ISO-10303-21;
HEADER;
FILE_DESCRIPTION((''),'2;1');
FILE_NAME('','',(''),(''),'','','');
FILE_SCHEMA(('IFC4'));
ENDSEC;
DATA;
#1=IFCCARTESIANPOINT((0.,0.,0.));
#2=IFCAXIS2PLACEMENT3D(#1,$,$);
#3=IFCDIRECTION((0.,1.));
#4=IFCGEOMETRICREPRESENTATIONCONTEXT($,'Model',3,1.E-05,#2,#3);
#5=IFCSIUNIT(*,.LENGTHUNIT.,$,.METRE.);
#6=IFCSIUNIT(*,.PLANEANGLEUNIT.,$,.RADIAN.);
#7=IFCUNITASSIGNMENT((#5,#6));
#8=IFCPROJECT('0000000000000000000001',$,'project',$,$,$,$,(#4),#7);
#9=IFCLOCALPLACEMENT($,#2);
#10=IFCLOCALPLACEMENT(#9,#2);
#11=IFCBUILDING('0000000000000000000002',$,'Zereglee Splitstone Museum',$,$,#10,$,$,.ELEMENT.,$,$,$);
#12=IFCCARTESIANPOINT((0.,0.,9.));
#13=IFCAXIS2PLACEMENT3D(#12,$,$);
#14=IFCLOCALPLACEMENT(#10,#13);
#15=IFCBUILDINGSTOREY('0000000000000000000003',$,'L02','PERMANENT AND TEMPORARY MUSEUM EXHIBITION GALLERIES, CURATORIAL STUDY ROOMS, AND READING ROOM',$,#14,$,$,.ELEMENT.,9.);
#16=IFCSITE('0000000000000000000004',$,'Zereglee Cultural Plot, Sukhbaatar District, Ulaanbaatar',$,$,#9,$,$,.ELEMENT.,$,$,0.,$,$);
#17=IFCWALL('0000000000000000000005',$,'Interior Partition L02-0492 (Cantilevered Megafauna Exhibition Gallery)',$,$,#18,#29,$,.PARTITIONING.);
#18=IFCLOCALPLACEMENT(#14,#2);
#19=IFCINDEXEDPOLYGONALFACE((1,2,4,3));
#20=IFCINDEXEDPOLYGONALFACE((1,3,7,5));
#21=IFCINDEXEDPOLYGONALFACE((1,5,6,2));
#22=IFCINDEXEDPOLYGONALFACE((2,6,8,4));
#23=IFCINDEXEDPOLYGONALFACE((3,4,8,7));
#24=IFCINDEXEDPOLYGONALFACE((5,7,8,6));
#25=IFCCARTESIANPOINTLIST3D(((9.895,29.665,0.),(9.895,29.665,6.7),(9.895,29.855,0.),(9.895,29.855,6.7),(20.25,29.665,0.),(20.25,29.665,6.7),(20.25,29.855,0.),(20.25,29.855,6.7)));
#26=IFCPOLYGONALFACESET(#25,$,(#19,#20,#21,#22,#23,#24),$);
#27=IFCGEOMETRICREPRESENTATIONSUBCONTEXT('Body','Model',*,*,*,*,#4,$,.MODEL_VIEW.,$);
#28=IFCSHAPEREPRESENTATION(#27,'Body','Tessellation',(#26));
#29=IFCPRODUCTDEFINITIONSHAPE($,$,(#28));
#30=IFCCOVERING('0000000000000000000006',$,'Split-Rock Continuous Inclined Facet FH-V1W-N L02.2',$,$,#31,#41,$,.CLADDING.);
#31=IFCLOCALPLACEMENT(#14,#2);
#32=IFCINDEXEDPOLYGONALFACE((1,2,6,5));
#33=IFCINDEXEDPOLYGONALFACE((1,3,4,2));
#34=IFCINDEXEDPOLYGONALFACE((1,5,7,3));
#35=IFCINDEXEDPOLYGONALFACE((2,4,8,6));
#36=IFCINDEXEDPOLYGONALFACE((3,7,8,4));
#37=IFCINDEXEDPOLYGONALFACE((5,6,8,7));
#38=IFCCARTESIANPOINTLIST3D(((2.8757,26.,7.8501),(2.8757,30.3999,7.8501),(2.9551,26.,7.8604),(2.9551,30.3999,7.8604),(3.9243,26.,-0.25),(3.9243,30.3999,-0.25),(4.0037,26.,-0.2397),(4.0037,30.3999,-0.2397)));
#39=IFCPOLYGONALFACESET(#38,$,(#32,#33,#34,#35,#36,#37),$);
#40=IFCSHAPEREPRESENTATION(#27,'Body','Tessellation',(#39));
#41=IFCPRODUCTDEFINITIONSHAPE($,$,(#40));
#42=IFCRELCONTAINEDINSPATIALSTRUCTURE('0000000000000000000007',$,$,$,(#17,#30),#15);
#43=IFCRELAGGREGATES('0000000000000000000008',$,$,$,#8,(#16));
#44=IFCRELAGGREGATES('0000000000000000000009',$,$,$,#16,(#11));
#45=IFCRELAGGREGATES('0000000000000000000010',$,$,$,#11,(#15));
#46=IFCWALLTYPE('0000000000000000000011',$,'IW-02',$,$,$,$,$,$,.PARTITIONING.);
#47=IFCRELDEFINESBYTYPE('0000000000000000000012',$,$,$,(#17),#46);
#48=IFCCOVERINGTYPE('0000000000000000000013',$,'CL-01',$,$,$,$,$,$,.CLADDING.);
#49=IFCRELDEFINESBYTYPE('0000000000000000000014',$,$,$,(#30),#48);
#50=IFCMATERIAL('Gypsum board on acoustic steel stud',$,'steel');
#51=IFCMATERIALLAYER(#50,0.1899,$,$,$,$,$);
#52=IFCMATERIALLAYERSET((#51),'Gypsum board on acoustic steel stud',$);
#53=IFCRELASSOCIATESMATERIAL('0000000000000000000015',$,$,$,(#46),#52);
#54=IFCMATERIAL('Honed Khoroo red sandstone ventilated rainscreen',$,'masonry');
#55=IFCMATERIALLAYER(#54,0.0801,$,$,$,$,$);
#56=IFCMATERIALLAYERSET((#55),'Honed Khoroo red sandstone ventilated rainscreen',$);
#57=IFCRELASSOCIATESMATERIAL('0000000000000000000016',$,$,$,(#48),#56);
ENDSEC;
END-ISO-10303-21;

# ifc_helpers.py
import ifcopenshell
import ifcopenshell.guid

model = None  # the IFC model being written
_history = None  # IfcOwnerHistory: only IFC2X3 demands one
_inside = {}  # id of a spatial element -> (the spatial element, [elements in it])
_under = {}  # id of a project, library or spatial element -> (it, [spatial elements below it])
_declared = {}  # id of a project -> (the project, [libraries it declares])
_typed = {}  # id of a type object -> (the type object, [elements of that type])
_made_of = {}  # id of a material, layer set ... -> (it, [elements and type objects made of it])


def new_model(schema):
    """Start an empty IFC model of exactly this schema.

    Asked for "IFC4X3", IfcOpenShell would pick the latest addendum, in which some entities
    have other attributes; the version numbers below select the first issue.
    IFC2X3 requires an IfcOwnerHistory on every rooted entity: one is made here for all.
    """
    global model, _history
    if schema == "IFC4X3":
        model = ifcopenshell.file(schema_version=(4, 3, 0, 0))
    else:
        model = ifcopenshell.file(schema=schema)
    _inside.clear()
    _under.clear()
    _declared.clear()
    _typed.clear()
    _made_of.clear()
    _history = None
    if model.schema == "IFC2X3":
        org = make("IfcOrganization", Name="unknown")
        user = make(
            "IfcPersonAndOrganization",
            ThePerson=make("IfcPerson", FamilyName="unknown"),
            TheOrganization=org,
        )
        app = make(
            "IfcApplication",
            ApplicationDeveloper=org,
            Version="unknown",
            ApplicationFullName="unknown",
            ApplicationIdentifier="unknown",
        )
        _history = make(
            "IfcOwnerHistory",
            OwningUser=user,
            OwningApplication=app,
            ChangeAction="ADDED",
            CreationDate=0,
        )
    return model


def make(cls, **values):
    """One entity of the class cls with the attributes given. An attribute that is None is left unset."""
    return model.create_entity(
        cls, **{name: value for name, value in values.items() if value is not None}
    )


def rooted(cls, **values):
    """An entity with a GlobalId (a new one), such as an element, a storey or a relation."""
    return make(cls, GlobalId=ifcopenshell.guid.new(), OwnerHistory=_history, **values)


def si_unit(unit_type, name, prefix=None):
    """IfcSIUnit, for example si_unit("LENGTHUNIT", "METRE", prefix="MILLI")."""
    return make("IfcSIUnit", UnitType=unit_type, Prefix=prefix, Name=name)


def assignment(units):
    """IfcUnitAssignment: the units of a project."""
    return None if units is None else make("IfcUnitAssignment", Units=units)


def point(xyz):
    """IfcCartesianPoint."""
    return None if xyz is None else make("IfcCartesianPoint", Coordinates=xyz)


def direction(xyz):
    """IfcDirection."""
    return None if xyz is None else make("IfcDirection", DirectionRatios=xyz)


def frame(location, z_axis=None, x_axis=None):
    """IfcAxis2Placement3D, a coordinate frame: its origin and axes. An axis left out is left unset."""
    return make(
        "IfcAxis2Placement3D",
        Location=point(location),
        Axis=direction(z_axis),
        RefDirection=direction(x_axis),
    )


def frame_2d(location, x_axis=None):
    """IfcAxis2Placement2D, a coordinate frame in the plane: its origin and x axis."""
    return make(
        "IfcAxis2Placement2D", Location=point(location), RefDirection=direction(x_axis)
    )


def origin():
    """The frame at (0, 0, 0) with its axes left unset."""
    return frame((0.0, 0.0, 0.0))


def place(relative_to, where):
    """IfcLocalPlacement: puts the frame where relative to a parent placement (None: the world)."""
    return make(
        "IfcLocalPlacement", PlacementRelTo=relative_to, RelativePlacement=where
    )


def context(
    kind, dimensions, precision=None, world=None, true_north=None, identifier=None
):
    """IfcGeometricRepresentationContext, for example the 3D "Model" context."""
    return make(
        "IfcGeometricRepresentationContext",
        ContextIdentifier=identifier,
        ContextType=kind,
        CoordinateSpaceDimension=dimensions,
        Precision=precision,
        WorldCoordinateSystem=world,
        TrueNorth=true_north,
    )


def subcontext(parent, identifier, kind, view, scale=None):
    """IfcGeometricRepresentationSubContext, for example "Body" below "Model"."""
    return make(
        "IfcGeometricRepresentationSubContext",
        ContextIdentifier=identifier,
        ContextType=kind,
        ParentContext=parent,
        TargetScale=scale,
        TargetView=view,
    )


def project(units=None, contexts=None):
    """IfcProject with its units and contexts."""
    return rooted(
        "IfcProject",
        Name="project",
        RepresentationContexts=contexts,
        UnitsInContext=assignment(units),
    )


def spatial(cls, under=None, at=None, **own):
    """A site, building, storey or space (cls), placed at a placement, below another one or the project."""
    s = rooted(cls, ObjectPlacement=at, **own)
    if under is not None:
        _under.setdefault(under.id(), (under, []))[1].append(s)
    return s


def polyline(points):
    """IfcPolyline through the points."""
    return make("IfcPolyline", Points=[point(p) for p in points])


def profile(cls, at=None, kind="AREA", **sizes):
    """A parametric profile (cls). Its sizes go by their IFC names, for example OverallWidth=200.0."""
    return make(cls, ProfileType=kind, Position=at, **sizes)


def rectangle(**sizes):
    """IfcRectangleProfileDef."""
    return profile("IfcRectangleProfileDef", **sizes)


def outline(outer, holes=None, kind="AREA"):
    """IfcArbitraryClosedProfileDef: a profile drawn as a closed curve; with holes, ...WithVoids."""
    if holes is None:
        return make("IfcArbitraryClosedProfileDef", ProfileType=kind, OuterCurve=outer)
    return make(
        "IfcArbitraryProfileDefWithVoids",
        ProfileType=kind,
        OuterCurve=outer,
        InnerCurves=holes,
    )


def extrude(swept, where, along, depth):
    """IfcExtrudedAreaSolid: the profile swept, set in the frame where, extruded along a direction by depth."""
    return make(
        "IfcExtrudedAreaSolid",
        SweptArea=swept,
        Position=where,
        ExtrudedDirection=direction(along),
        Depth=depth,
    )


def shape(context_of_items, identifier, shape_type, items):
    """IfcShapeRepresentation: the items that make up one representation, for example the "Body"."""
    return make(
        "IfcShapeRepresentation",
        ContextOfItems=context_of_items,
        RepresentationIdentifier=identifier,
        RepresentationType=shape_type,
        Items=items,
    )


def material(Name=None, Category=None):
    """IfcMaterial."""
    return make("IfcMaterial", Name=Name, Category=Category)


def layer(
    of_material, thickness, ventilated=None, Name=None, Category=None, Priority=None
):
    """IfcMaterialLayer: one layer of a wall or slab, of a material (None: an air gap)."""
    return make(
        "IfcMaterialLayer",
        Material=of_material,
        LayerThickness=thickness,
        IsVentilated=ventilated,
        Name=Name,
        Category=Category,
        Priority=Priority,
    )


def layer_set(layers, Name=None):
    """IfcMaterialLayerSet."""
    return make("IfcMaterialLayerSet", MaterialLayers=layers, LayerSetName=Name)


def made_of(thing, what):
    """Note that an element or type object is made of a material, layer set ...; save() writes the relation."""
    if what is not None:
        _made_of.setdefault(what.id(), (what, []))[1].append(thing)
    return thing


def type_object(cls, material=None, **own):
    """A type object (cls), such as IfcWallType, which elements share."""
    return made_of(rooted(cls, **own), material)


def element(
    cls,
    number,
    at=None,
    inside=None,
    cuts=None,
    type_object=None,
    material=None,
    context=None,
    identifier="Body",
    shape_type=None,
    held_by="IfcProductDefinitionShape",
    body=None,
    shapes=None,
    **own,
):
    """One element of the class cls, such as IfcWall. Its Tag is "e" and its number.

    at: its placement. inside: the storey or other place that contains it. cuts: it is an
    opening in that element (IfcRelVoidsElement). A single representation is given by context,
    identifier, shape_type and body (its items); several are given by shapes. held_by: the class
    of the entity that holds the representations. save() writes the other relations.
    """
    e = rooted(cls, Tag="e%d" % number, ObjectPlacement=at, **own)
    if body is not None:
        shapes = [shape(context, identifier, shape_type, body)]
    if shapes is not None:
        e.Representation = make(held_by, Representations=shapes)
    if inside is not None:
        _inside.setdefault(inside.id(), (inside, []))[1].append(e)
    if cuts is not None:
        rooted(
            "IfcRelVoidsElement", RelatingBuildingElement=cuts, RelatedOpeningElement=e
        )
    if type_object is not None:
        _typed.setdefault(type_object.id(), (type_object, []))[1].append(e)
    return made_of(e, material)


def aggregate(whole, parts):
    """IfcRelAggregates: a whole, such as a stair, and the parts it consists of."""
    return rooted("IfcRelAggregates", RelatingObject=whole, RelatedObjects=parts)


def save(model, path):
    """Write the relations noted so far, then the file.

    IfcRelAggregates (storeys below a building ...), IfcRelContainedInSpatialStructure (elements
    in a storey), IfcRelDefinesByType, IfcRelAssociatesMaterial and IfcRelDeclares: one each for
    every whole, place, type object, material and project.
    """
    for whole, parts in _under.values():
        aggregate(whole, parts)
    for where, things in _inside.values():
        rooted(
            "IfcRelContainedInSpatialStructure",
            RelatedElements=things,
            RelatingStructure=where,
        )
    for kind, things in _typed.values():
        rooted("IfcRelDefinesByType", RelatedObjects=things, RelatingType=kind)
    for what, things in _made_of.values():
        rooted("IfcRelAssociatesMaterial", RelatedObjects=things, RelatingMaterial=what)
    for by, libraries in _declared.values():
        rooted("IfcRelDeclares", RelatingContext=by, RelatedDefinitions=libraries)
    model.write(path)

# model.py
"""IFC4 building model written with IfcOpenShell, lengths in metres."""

from ifc_helpers import new_model, si_unit, direction, frame, frame_2d, origin, place, context, subcontext, project, spatial, polyline, rectangle, outline, extrude, material, layer, layer_set, type_object, element, save


model = new_model("IFC4")

# Units and contexts
model_context = context("Model", 3, precision=1e-05, world=origin(), true_north=direction((0.0, 1.0)))
body_context = subcontext(model_context, "Body", "Model", "MODEL_VIEW")
ifc_project = project(units=[si_unit("LENGTHUNIT", "METRE"), si_unit("PLANEANGLEUNIT", "RADIAN")], contexts=[model_context])

# Site, building, storey
site_placement = place(None, origin())
site = spatial("IfcSite", under=ifc_project, at=site_placement, Name="Zereglee Cultural Plot, Sukhbaatar District, Ulaanbaatar", CompositionType="ELEMENT", RefElevation=0.0)
building_placement = place(site_placement, origin())
building = spatial("IfcBuilding", under=site, at=building_placement, Name="Zereglee Splitstone Museum", CompositionType="ELEMENT")
storey_placement = place(building_placement, frame((0.0, 0.0, 9.0)))
storey = spatial("IfcBuildingStorey", under=building, at=storey_placement, Name="L02", Description="PERMANENT AND TEMPORARY MUSEUM EXHIBITION GALLERIES, CURATORIAL STUDY ROOMS, AND READING ROOM", CompositionType="ELEMENT", Elevation=9.0)

# Wall
ifc_material_1 = material(Name="Gypsum board on acoustic steel stud", Category="steel")
ifc_layer_1 = layer(ifc_material_1, 0.1899)
ifc_layer_set_1 = layer_set([ifc_layer_1], Name="Gypsum board on acoustic steel stud")
wall_type_1 = type_object("IfcWallType", Name="IW-02", PredefinedType="PARTITIONING", material=ifc_layer_set_1)
wall_1_placement = place(storey_placement, frame((9.895, 29.76, 0.0), z_axis=(0.0, 0.0, 1.0), x_axis=(1.0, 0.0, 0.0)))
element("IfcWall", 1, at=wall_1_placement, inside=storey, type_object=wall_type_1, Name="Interior Partition L02-0492 (Cantilevered Megafauna Exhibition Gallery)", PredefinedType="PARTITIONING", context=body_context, shape_type="SweptSolid", body=[
    extrude(rectangle(XDim=10.355, YDim=0.1899, at=frame_2d((5.1775, 0.0))), origin(), (0.0, 0.0, 1.0), 6.7),
])

# Covering
ifc_material_2 = material(Name="Honed Khoroo red sandstone ventilated rainscreen", Category="masonry")
ifc_layer_2 = layer(ifc_material_2, 0.0801)
ifc_layer_set_2 = layer_set([ifc_layer_2], Name="Honed Khoroo red sandstone ventilated rainscreen")
covering_type = type_object("IfcCoveringType", Name="CL-01", PredefinedType="CLADDING", material=ifc_layer_set_2)
covering_placement = place(storey_placement, frame((2.8757, 26.0, 7.8501), z_axis=(-0.991725, 0.0, -0.128382), x_axis=(0.0, 1.0, 0.0)))
element("IfcCovering", 2, at=covering_placement, inside=storey, type_object=covering_type, Name="Split-Rock Continuous Inclined Facet FH-V1W-N L02.2", PredefinedType="CLADDING", context=body_context, shape_type="SweptSolid", body=[
    extrude(outline(polyline([(0.0, 0.0), (4.3999, 0.0), (4.3999, 8.1677), (0.0, 8.1677), (0.0, 0.0)])), origin(), (0.0, 0.0, -1.0), 0.0801),
])

save(model, "model.ifc")
